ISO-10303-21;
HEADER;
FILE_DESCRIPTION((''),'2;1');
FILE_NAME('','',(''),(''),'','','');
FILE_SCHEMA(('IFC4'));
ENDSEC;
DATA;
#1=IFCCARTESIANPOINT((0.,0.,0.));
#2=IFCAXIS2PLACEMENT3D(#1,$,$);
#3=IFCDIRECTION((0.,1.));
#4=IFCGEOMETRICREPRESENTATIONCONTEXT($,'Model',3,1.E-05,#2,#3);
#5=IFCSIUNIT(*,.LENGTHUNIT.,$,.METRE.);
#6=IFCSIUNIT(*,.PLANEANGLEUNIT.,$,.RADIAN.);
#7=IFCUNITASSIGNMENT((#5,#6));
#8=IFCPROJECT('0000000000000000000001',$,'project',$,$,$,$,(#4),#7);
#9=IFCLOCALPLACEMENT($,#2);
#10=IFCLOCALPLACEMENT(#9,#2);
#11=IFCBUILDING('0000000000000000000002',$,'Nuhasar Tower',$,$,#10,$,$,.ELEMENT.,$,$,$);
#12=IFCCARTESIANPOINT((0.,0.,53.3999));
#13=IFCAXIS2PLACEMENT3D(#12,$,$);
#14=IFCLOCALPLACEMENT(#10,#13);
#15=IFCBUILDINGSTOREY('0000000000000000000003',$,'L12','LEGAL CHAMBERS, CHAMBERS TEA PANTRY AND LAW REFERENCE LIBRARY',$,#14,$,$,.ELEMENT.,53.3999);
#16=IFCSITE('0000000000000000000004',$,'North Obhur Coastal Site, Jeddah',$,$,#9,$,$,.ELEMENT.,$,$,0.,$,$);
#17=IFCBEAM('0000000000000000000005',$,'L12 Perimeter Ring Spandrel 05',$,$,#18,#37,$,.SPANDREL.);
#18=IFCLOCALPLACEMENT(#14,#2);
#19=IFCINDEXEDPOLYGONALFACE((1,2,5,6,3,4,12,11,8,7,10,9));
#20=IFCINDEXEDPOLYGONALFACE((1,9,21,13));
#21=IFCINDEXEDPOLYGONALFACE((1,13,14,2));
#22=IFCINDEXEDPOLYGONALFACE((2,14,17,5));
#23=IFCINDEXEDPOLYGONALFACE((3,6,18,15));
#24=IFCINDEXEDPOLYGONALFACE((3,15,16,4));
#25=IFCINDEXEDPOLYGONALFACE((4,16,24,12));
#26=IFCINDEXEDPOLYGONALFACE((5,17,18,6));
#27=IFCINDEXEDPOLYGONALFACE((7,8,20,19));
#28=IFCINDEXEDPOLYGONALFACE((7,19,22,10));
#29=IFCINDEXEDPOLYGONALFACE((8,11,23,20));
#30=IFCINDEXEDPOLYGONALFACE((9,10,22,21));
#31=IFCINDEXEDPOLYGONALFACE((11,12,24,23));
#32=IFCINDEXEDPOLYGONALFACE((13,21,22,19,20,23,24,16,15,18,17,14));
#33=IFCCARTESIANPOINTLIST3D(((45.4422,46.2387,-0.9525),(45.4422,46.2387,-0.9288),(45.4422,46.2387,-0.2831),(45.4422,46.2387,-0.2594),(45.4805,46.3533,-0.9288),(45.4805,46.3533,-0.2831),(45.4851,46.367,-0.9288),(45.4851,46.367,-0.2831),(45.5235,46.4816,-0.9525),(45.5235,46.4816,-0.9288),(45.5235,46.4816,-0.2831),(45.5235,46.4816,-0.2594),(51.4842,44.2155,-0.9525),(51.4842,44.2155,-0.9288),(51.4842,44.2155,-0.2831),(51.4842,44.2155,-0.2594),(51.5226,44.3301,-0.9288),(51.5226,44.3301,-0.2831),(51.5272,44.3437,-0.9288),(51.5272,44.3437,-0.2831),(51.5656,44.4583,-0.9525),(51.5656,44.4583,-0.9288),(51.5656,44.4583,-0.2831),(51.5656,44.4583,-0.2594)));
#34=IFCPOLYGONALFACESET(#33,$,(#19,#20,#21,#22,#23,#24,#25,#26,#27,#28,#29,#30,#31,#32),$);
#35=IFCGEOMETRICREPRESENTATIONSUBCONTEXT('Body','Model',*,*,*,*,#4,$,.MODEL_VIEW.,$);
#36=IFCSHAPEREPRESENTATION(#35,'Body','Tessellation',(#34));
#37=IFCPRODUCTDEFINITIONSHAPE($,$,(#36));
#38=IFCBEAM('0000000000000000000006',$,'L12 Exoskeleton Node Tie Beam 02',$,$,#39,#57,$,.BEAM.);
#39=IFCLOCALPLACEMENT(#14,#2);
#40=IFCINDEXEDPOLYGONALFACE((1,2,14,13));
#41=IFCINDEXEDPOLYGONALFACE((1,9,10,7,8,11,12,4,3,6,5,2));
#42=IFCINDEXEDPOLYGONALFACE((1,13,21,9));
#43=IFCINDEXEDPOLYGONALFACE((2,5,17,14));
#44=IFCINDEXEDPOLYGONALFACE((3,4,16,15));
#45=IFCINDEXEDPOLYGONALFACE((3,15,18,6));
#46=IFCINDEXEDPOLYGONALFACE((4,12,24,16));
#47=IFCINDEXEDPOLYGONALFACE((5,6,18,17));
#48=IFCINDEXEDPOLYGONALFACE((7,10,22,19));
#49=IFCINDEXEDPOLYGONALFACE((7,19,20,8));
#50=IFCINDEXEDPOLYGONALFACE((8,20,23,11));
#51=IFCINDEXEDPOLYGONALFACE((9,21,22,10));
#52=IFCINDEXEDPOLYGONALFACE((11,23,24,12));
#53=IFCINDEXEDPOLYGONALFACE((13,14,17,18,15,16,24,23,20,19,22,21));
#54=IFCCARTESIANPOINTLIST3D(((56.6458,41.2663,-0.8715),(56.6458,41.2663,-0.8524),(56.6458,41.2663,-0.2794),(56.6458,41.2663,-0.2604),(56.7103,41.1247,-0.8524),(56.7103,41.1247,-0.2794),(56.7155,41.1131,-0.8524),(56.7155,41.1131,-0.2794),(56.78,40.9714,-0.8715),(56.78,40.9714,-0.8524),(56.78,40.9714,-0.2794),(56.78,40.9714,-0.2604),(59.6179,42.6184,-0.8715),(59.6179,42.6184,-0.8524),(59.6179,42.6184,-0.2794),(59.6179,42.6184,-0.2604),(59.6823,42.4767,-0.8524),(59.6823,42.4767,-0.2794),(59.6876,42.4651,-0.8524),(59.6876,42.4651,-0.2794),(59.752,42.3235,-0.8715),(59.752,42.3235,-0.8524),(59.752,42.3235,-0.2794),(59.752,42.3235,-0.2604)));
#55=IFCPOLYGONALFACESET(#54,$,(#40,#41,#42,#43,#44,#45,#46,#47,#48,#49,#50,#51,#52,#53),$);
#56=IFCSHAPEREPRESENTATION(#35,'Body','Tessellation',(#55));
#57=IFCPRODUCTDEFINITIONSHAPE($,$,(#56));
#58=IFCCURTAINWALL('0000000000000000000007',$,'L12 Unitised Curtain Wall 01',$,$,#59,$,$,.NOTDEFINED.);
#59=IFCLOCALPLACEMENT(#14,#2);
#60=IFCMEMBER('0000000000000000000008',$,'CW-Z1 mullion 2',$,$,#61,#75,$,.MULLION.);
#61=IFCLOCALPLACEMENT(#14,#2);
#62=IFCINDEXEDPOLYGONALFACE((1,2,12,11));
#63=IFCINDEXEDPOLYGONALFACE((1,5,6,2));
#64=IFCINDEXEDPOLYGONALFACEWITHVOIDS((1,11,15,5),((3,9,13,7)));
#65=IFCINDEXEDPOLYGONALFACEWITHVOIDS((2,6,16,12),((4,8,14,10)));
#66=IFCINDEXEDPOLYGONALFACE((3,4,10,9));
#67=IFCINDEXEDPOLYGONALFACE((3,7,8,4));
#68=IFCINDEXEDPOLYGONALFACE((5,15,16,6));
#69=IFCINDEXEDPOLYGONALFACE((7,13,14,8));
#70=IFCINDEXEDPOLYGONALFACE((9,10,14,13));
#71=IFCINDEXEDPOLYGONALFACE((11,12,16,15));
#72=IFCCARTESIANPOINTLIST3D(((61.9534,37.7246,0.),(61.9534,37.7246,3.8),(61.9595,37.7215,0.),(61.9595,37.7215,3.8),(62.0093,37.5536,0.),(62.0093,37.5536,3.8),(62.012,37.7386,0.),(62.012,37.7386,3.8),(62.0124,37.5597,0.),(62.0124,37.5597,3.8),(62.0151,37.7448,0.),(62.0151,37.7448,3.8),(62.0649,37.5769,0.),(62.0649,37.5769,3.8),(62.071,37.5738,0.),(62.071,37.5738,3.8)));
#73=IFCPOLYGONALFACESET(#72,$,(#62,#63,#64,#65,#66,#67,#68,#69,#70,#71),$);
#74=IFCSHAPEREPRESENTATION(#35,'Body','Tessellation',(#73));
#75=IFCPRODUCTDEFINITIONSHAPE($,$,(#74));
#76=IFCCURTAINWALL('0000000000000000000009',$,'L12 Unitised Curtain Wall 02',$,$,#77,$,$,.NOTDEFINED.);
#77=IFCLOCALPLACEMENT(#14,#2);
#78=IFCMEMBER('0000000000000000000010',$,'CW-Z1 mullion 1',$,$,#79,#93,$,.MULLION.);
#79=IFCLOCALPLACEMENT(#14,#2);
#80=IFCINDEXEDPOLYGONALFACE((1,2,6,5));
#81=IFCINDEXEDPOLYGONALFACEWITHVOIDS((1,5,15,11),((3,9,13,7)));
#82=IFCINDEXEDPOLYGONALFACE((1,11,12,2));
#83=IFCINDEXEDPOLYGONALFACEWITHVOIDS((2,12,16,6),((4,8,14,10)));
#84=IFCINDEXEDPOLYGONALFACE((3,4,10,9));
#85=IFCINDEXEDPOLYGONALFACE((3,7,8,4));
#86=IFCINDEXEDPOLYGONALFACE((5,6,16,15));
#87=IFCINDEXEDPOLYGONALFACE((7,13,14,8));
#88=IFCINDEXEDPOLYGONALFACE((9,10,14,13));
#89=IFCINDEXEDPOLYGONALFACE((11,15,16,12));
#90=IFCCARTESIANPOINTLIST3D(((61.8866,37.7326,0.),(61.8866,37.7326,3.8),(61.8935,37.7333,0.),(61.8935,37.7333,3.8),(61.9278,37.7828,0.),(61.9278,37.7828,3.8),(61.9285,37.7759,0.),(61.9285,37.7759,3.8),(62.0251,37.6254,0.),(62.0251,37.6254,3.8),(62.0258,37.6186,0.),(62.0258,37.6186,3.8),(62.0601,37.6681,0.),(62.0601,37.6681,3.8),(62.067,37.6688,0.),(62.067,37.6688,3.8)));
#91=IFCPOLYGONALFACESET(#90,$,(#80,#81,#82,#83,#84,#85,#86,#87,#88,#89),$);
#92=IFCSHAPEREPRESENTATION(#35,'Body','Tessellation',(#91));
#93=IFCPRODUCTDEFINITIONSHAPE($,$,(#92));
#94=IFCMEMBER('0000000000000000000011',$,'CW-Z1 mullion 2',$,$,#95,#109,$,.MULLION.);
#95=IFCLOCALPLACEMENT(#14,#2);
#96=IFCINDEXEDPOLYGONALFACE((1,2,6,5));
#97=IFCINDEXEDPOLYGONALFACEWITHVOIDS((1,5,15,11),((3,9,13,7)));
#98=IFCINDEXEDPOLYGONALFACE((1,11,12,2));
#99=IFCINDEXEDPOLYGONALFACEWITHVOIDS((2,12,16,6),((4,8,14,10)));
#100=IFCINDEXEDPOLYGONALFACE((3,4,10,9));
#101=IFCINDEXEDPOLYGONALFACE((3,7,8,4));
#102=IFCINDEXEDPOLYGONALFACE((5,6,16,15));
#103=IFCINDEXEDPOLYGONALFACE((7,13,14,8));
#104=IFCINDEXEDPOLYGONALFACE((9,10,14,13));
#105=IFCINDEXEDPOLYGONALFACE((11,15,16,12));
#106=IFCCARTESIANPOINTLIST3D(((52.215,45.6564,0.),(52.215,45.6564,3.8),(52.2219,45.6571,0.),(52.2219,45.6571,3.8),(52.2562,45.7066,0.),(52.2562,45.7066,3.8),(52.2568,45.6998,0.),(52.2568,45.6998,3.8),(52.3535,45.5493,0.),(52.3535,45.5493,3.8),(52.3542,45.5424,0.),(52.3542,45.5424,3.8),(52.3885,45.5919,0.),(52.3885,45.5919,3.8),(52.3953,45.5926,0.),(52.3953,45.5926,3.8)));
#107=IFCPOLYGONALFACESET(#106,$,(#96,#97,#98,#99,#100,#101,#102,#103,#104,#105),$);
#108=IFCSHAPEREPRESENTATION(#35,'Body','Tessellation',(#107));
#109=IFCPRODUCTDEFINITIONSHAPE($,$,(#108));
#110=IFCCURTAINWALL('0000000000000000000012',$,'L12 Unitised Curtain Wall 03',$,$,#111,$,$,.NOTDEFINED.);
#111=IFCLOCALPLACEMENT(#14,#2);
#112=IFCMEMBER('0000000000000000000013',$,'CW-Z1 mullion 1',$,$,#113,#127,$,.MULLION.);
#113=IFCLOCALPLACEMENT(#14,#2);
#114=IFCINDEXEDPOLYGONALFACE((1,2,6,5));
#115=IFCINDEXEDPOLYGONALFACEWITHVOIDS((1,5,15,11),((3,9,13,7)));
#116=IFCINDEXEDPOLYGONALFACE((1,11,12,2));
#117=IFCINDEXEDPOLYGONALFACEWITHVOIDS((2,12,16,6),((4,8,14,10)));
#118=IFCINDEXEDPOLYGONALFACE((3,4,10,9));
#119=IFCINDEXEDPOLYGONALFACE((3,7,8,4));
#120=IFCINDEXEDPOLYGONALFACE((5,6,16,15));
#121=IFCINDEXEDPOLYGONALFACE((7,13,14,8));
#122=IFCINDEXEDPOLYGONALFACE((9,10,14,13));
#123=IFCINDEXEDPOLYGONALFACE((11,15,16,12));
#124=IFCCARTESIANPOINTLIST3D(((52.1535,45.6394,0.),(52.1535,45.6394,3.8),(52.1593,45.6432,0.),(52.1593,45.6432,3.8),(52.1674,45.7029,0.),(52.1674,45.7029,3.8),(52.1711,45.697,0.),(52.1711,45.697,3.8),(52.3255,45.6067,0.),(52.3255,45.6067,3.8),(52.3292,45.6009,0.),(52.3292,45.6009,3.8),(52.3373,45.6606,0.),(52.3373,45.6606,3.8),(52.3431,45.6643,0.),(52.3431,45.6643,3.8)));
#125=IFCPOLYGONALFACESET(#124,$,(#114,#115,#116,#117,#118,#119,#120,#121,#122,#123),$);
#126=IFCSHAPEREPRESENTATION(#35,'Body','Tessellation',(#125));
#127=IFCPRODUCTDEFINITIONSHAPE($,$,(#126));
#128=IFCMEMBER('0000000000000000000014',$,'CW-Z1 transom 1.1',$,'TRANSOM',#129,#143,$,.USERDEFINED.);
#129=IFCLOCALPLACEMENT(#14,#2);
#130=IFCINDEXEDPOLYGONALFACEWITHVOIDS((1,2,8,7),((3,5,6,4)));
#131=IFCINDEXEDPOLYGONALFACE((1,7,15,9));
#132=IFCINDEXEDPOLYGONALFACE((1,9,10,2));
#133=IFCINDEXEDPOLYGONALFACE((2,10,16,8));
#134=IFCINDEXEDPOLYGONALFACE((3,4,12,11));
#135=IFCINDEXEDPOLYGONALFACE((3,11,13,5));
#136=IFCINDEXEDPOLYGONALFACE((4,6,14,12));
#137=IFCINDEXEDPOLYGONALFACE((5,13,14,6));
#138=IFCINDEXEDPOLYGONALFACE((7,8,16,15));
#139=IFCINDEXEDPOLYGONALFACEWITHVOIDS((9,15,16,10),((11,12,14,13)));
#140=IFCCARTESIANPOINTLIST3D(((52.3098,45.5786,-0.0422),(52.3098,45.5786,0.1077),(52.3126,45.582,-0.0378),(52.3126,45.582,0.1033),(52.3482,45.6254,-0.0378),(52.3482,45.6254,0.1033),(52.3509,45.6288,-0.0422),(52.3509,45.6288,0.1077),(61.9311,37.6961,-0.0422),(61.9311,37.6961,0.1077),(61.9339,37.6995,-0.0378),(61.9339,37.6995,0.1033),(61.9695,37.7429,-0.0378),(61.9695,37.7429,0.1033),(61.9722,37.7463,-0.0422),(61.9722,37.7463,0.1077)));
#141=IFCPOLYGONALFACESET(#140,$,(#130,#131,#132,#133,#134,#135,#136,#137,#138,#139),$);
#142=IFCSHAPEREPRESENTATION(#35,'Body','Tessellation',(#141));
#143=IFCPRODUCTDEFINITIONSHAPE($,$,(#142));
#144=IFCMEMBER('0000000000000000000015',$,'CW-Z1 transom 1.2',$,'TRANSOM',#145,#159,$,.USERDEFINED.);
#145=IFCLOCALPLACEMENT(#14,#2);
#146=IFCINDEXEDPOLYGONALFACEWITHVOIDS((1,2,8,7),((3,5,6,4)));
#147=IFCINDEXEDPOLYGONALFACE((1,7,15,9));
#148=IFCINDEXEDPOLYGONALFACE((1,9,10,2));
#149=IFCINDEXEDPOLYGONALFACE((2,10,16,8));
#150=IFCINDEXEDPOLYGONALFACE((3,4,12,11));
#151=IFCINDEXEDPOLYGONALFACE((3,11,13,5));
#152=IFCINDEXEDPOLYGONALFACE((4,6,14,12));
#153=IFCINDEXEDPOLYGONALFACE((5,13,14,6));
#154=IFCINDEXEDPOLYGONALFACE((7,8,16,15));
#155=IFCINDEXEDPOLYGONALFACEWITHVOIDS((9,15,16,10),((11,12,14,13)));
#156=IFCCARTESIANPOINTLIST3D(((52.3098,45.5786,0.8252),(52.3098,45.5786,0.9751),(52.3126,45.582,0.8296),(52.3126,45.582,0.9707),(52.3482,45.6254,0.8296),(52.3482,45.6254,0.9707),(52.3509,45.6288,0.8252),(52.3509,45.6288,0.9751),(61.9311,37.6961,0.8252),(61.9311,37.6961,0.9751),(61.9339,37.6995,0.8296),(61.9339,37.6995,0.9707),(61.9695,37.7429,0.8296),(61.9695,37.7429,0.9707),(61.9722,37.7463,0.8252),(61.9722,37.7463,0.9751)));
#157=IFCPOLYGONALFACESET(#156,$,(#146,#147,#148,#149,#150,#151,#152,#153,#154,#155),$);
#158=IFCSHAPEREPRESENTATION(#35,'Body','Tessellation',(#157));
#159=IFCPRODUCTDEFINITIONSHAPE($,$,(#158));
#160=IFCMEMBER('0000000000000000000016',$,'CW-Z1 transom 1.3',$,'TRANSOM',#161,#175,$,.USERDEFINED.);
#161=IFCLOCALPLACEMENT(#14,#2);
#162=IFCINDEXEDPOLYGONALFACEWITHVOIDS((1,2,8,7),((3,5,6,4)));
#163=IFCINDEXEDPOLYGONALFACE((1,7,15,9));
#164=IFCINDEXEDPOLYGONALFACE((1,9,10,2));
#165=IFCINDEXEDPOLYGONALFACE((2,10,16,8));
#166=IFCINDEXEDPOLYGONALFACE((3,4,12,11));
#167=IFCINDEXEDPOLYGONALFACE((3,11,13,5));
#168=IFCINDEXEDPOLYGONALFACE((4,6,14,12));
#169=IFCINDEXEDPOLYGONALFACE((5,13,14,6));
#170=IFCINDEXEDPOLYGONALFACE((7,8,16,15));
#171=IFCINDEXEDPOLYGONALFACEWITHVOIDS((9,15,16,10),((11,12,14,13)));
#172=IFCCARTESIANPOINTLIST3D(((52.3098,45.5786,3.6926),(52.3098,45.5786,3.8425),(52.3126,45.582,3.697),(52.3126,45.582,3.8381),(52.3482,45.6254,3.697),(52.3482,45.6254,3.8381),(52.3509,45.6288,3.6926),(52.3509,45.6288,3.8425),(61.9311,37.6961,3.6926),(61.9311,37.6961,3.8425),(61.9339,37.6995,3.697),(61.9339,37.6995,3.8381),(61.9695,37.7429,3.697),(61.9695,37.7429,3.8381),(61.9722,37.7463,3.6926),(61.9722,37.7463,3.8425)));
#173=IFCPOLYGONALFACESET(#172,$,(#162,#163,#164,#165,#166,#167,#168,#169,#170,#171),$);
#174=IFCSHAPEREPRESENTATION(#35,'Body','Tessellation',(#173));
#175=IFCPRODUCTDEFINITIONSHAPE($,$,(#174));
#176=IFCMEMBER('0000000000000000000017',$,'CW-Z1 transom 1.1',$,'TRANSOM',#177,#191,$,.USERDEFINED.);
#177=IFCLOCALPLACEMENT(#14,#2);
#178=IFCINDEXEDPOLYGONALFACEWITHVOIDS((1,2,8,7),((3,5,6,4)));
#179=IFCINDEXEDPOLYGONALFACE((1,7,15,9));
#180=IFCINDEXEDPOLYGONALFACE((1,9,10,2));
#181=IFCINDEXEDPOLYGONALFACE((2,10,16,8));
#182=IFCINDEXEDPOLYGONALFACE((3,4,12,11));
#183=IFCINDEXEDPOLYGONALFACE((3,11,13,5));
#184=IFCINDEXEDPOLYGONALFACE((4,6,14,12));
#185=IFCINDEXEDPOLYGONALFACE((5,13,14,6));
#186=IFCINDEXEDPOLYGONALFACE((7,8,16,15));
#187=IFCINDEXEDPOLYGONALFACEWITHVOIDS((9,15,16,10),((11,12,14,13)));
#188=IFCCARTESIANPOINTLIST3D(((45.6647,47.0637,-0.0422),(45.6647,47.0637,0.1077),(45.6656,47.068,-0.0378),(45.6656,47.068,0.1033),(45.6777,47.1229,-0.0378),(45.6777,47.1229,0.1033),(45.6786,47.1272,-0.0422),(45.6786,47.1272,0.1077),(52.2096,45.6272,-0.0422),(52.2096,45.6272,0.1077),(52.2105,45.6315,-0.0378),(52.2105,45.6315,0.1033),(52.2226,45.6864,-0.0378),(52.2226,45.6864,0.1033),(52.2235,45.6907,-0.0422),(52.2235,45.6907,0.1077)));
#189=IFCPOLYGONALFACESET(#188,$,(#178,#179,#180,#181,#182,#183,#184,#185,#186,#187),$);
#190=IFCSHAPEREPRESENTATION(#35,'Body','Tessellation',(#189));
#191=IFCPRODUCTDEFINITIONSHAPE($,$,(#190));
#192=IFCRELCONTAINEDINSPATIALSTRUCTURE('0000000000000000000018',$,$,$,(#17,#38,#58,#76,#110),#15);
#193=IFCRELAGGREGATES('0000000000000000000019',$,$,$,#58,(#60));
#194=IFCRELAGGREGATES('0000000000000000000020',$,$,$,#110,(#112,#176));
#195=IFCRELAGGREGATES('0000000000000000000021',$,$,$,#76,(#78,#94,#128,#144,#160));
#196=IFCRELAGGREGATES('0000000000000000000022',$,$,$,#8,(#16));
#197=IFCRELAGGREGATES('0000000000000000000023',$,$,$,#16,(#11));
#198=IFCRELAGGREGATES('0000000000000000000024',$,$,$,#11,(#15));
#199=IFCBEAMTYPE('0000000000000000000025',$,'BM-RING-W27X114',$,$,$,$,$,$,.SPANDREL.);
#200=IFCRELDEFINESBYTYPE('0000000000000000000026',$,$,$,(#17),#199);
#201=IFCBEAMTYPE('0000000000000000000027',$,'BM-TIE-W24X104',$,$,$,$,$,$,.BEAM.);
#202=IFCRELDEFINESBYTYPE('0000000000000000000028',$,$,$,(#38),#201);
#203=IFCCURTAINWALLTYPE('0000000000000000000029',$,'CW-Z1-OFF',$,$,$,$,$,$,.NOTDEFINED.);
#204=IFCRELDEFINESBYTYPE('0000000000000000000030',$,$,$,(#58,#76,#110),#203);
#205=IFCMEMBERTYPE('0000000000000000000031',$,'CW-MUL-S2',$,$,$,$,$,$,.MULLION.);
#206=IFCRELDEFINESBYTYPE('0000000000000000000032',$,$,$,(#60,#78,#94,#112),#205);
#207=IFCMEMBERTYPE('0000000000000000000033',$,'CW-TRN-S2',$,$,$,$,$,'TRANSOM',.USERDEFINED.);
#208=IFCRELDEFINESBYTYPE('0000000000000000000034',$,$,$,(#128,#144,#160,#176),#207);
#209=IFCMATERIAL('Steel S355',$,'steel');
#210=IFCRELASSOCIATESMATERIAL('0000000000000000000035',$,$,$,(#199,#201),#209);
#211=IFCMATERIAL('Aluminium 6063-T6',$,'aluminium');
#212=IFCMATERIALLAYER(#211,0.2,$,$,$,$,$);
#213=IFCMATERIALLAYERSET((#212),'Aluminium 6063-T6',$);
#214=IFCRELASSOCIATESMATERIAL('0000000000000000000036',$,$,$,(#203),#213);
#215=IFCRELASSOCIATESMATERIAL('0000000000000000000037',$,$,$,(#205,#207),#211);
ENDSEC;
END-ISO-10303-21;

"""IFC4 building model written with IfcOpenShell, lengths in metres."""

from ifc_helpers import new_model, si_unit, direction, frame, origin, origin_2d, place, context, subcontext, project, spatial, hollow_rectangle, i_section, extrude, material, layer, layer_set, material_profile, profile_set, type_object, element, aggregate, save


model = new_model("IFC4")

# Units and contexts
model_context = context("Model", 3, precision=1e-05, world=origin(), true_north=direction((0.0, 1.0)))
body_context = subcontext(model_context, "Body", "Model", "MODEL_VIEW")
ifc_project = project(units=[si_unit("LENGTHUNIT", "METRE"), si_unit("PLANEANGLEUNIT", "RADIAN")], contexts=[model_context])

# Site, building, storey
site_placement = place(None, origin())
site = spatial("IfcSite", under=ifc_project, at=site_placement, Name="North Obhur Coastal Site, Jeddah", CompositionType="ELEMENT", RefElevation=0.0)
building_placement = place(site_placement, origin())
building = spatial("IfcBuilding", under=site, at=building_placement, Name="Nuhasar Tower", CompositionType="ELEMENT")
storey_placement = place(building_placement, frame((0.0, 0.0, 53.3999)))
storey = spatial("IfcBuildingStorey", under=building, at=storey_placement, Name="L12", Description="LEGAL CHAMBERS, CHAMBERS TEA PANTRY AND LAW REFERENCE LIBRARY", CompositionType="ELEMENT", Elevation=53.3999)

# Beams
ifc_material_1 = material(Name="Steel S355", Category="steel")
ifc_material_profile_1 = material_profile(ifc_material_1, i_section(OverallWidth=0.2561, OverallDepth=0.6931, WebThickness=0.0144, FlangeThickness=0.0237, at=origin_2d()), Name="W27X114")
ifc_profile_set_1 = profile_set([ifc_material_profile_1], Name="Steel S355")
beam_type_1 = type_object("IfcBeamType", Name="BM-RING-W27X114", PredefinedType="SPANDREL", material=ifc_profile_set_1)
beam_1_placement = place(storey_placement, frame((51.5249, 44.3369, -0.606), z_axis=(-0.948249, 0.317526, 0.0), x_axis=(-0.317526, -0.948249, 0.0)))
element("IfcBeam", 1, at=beam_1_placement, inside=storey, type_object=beam_type_1, Name="L12 Perimeter Ring Spandrel 05", PredefinedType="SPANDREL", context=body_context, shape_type="SweptSolid", body=[
    extrude(i_section(OverallWidth=0.2561, OverallDepth=0.6931, WebThickness=0.0144, FlangeThickness=0.0237, at=origin_2d()), origin(), (0.0, 0.0, 1.0), 6.3718),
])
ifc_material_profile_2 = material_profile(ifc_material_1, i_section(OverallWidth=0.324, OverallDepth=0.6111, WebThickness=0.0127, FlangeThickness=0.019, at=origin_2d()), Name="W24X104")
ifc_profile_set_2 = profile_set([ifc_material_profile_2], Name="Steel S355")
beam_type_2 = type_object("IfcBeamType", Name="BM-TIE-W24X104", PredefinedType="BEAM", material=ifc_profile_set_2)
beam_2_placement = place(storey_placement, frame((56.7129, 41.1189, -0.5659), z_axis=(0.910244, 0.414073, 0.0), x_axis=(-0.414073, 0.910244, 0.0)))
element("IfcBeam", 2, at=beam_2_placement, inside=storey, type_object=beam_type_2, Name="L12 Exoskeleton Node Tie Beam 02", PredefinedType="BEAM", context=body_context, shape_type="SweptSolid", body=[
    extrude(i_section(OverallWidth=0.324, OverallDepth=0.6111, WebThickness=0.0127, FlangeThickness=0.019, at=origin_2d()), origin(), (0.0, 0.0, 1.0), 3.2651),
])

# Curtain wall, member
ifc_material_2 = material(Name="Aluminium 6063-T6", Category="aluminium")
ifc_layer_1 = layer(ifc_material_2, 0.2)
ifc_layer_set_1 = layer_set([ifc_layer_1], Name="Aluminium 6063-T6")
curtain_wall_type = type_object("IfcCurtainWallType", Name="CW-Z1-OFF", PredefinedType="NOTDEFINED", material=ifc_layer_set_1)
curtain_wall_1_placement = place(storey_placement, origin())
curtain_wall_1 = element("IfcCurtainWall", 3, at=curtain_wall_1_placement, inside=storey, type_object=curtain_wall_type, Name="L12 Unitised Curtain Wall 01", PredefinedType="NOTDEFINED")
ifc_material_profile_3 = material_profile(ifc_material_2, hollow_rectangle(XDim=0.0649, YDim=0.1799, WallThickness=0.0049, at=origin_2d()), Name="CWM-2")
ifc_profile_set_3 = profile_set([ifc_material_profile_3], Name="Aluminium 6063-T6")
member_type_1 = type_object("IfcMemberType", Name="CW-MUL-S2", PredefinedType="MULLION", material=ifc_profile_set_3)
member_1_placement = place(storey_placement, frame((62.0122, 37.6492, 0.0), z_axis=(0.0, 0.0, 1.0), x_axis=(-0.950468, -0.310824, 0.0)))
member_1 = element("IfcMember", 4, at=member_1_placement, type_object=member_type_1, Name="CW-Z1 mullion 2", PredefinedType="MULLION", context=body_context, shape_type="SweptSolid", body=[
    extrude(hollow_rectangle(XDim=0.0649, YDim=0.1799, WallThickness=0.0049, at=origin_2d()), origin(), (0.0, 0.0, 1.0), 3.8),
])
aggregate(curtain_wall_1, [member_1])

# Curtain wall, members
curtain_wall_2_placement = place(storey_placement, origin())
curtain_wall_2 = element("IfcCurtainWall", 5, at=curtain_wall_2_placement, inside=storey, type_object=curtain_wall_type, Name="L12 Unitised Curtain Wall 02", PredefinedType="NOTDEFINED")
member_2_placement = place(storey_placement, frame((61.9768, 37.7007, 0.0), z_axis=(0.0, 0.0, 1.0), x_axis=(-0.633745, -0.773542, 0.0)))
member_2 = element("IfcMember", 6, at=member_2_placement, type_object=member_type_1, Name="CW-Z1 mullion 1", PredefinedType="MULLION", context=body_context, shape_type="SweptSolid", body=[
    extrude(hollow_rectangle(XDim=0.0649, YDim=0.1799, WallThickness=0.0049, at=origin_2d()), origin(), (0.0, 0.0, 1.0), 3.8),
])
member_3_placement = place(storey_placement, frame((52.3052, 45.6245, 0.0), z_axis=(0.0, 0.0, 1.0), x_axis=(-0.633745, -0.773542, 0.0)))
member_3 = element("IfcMember", 7, at=member_3_placement, type_object=member_type_1, Name="CW-Z1 mullion 2", PredefinedType="MULLION", context=body_context, shape_type="SweptSolid", body=[
    extrude(hollow_rectangle(XDim=0.0649, YDim=0.1799, WallThickness=0.0049, at=origin_2d()), origin(), (0.0, 0.0, 1.0), 3.8),
])

# Curtain wall, member
curtain_wall_3_placement = place(storey_placement, origin())
curtain_wall_3 = element("IfcCurtainWall", 8, at=curtain_wall_3_placement, inside=storey, type_object=curtain_wall_type, Name="L12 Unitised Curtain Wall 03", PredefinedType="NOTDEFINED")
member_4_placement = place(storey_placement, frame((52.2483, 45.6519, 0.0), z_axis=(0.0, 0.0, 1.0), x_axis=(-0.214399, -0.976746, 0.0)))
member_4 = element("IfcMember", 9, at=member_4_placement, type_object=member_type_1, Name="CW-Z1 mullion 1", PredefinedType="MULLION", context=body_context, shape_type="SweptSolid", body=[
    extrude(hollow_rectangle(XDim=0.0649, YDim=0.1799, WallThickness=0.0049, at=origin_2d()), origin(), (0.0, 0.0, 1.0), 3.8),
])

# Members
ifc_material_profile_4 = material_profile(ifc_material_2, hollow_rectangle(XDim=0.0649, YDim=0.1499, WallThickness=0.0044, at=origin_2d()), Name="CWT-2")
ifc_profile_set_4 = profile_set([ifc_material_profile_4], Name="Aluminium 6063-T6")
member_type_2 = type_object("IfcMemberType", Name="CW-TRN-S2", ElementType="TRANSOM", PredefinedType="USERDEFINED", material=ifc_profile_set_4)
member_5_placement = place(storey_placement, frame((61.9517, 37.7212, 0.0327), z_axis=(-0.773541, 0.633746, 0.0), x_axis=(-0.633746, -0.773541, 0.0)))
member_5 = element("IfcMember", 10, at=member_5_placement, type_object=member_type_2, Name="CW-Z1 transom 1.1", ObjectType="TRANSOM", PredefinedType="USERDEFINED", context=body_context, shape_type="SweptSolid", body=[
    extrude(hollow_rectangle(XDim=0.0649, YDim=0.1499, WallThickness=0.0044, at=origin_2d()), origin(), (0.0, 0.0, 1.0), 12.438),
])
member_6_placement = place(storey_placement, frame((61.9517, 37.7212, 0.9001), z_axis=(-0.773541, 0.633746, 0.0), x_axis=(-0.633746, -0.773541, 0.0)))
member_6 = element("IfcMember", 11, at=member_6_placement, type_object=member_type_2, Name="CW-Z1 transom 1.2", ObjectType="TRANSOM", PredefinedType="USERDEFINED", context=body_context, shape_type="SweptSolid", body=[
    extrude(hollow_rectangle(XDim=0.0649, YDim=0.1499, WallThickness=0.0044, at=origin_2d()), origin(), (0.0, 0.0, 1.0), 12.438),
])
member_7_placement = place(storey_placement, frame((61.9517, 37.7212, 3.7676), z_axis=(-0.773541, 0.633746, 0.0), x_axis=(-0.633746, -0.773541, 0.0)))
member_7 = element("IfcMember", 12, at=member_7_placement, type_object=member_type_2, Name="CW-Z1 transom 1.3", ObjectType="TRANSOM", PredefinedType="USERDEFINED", context=body_context, shape_type="SweptSolid", body=[
    extrude(hollow_rectangle(XDim=0.0649, YDim=0.1499, WallThickness=0.0044, at=origin_2d()), origin(), (0.0, 0.0, 1.0), 12.438),
])
member_8_placement = place(storey_placement, frame((52.2166, 45.6589, 0.0327), z_axis=(-0.97675, 0.214384, 0.0), x_axis=(-0.214384, -0.97675, 0.0)))
member_8 = element("IfcMember", 13, at=member_8_placement, type_object=member_type_2, Name="CW-Z1 transom 1.1", ObjectType="TRANSOM", PredefinedType="USERDEFINED", context=body_context, shape_type="SweptSolid", body=[
    extrude(hollow_rectangle(XDim=0.0649, YDim=0.1499, WallThickness=0.0044, at=origin_2d()), origin(), (0.0, 0.0, 1.0), 6.7007),
])
aggregate(curtain_wall_3, [member_4, member_8])

aggregate(curtain_wall_2, [member_2, member_3, member_5, member_6, member_7])

save(model, "model.ifc")
